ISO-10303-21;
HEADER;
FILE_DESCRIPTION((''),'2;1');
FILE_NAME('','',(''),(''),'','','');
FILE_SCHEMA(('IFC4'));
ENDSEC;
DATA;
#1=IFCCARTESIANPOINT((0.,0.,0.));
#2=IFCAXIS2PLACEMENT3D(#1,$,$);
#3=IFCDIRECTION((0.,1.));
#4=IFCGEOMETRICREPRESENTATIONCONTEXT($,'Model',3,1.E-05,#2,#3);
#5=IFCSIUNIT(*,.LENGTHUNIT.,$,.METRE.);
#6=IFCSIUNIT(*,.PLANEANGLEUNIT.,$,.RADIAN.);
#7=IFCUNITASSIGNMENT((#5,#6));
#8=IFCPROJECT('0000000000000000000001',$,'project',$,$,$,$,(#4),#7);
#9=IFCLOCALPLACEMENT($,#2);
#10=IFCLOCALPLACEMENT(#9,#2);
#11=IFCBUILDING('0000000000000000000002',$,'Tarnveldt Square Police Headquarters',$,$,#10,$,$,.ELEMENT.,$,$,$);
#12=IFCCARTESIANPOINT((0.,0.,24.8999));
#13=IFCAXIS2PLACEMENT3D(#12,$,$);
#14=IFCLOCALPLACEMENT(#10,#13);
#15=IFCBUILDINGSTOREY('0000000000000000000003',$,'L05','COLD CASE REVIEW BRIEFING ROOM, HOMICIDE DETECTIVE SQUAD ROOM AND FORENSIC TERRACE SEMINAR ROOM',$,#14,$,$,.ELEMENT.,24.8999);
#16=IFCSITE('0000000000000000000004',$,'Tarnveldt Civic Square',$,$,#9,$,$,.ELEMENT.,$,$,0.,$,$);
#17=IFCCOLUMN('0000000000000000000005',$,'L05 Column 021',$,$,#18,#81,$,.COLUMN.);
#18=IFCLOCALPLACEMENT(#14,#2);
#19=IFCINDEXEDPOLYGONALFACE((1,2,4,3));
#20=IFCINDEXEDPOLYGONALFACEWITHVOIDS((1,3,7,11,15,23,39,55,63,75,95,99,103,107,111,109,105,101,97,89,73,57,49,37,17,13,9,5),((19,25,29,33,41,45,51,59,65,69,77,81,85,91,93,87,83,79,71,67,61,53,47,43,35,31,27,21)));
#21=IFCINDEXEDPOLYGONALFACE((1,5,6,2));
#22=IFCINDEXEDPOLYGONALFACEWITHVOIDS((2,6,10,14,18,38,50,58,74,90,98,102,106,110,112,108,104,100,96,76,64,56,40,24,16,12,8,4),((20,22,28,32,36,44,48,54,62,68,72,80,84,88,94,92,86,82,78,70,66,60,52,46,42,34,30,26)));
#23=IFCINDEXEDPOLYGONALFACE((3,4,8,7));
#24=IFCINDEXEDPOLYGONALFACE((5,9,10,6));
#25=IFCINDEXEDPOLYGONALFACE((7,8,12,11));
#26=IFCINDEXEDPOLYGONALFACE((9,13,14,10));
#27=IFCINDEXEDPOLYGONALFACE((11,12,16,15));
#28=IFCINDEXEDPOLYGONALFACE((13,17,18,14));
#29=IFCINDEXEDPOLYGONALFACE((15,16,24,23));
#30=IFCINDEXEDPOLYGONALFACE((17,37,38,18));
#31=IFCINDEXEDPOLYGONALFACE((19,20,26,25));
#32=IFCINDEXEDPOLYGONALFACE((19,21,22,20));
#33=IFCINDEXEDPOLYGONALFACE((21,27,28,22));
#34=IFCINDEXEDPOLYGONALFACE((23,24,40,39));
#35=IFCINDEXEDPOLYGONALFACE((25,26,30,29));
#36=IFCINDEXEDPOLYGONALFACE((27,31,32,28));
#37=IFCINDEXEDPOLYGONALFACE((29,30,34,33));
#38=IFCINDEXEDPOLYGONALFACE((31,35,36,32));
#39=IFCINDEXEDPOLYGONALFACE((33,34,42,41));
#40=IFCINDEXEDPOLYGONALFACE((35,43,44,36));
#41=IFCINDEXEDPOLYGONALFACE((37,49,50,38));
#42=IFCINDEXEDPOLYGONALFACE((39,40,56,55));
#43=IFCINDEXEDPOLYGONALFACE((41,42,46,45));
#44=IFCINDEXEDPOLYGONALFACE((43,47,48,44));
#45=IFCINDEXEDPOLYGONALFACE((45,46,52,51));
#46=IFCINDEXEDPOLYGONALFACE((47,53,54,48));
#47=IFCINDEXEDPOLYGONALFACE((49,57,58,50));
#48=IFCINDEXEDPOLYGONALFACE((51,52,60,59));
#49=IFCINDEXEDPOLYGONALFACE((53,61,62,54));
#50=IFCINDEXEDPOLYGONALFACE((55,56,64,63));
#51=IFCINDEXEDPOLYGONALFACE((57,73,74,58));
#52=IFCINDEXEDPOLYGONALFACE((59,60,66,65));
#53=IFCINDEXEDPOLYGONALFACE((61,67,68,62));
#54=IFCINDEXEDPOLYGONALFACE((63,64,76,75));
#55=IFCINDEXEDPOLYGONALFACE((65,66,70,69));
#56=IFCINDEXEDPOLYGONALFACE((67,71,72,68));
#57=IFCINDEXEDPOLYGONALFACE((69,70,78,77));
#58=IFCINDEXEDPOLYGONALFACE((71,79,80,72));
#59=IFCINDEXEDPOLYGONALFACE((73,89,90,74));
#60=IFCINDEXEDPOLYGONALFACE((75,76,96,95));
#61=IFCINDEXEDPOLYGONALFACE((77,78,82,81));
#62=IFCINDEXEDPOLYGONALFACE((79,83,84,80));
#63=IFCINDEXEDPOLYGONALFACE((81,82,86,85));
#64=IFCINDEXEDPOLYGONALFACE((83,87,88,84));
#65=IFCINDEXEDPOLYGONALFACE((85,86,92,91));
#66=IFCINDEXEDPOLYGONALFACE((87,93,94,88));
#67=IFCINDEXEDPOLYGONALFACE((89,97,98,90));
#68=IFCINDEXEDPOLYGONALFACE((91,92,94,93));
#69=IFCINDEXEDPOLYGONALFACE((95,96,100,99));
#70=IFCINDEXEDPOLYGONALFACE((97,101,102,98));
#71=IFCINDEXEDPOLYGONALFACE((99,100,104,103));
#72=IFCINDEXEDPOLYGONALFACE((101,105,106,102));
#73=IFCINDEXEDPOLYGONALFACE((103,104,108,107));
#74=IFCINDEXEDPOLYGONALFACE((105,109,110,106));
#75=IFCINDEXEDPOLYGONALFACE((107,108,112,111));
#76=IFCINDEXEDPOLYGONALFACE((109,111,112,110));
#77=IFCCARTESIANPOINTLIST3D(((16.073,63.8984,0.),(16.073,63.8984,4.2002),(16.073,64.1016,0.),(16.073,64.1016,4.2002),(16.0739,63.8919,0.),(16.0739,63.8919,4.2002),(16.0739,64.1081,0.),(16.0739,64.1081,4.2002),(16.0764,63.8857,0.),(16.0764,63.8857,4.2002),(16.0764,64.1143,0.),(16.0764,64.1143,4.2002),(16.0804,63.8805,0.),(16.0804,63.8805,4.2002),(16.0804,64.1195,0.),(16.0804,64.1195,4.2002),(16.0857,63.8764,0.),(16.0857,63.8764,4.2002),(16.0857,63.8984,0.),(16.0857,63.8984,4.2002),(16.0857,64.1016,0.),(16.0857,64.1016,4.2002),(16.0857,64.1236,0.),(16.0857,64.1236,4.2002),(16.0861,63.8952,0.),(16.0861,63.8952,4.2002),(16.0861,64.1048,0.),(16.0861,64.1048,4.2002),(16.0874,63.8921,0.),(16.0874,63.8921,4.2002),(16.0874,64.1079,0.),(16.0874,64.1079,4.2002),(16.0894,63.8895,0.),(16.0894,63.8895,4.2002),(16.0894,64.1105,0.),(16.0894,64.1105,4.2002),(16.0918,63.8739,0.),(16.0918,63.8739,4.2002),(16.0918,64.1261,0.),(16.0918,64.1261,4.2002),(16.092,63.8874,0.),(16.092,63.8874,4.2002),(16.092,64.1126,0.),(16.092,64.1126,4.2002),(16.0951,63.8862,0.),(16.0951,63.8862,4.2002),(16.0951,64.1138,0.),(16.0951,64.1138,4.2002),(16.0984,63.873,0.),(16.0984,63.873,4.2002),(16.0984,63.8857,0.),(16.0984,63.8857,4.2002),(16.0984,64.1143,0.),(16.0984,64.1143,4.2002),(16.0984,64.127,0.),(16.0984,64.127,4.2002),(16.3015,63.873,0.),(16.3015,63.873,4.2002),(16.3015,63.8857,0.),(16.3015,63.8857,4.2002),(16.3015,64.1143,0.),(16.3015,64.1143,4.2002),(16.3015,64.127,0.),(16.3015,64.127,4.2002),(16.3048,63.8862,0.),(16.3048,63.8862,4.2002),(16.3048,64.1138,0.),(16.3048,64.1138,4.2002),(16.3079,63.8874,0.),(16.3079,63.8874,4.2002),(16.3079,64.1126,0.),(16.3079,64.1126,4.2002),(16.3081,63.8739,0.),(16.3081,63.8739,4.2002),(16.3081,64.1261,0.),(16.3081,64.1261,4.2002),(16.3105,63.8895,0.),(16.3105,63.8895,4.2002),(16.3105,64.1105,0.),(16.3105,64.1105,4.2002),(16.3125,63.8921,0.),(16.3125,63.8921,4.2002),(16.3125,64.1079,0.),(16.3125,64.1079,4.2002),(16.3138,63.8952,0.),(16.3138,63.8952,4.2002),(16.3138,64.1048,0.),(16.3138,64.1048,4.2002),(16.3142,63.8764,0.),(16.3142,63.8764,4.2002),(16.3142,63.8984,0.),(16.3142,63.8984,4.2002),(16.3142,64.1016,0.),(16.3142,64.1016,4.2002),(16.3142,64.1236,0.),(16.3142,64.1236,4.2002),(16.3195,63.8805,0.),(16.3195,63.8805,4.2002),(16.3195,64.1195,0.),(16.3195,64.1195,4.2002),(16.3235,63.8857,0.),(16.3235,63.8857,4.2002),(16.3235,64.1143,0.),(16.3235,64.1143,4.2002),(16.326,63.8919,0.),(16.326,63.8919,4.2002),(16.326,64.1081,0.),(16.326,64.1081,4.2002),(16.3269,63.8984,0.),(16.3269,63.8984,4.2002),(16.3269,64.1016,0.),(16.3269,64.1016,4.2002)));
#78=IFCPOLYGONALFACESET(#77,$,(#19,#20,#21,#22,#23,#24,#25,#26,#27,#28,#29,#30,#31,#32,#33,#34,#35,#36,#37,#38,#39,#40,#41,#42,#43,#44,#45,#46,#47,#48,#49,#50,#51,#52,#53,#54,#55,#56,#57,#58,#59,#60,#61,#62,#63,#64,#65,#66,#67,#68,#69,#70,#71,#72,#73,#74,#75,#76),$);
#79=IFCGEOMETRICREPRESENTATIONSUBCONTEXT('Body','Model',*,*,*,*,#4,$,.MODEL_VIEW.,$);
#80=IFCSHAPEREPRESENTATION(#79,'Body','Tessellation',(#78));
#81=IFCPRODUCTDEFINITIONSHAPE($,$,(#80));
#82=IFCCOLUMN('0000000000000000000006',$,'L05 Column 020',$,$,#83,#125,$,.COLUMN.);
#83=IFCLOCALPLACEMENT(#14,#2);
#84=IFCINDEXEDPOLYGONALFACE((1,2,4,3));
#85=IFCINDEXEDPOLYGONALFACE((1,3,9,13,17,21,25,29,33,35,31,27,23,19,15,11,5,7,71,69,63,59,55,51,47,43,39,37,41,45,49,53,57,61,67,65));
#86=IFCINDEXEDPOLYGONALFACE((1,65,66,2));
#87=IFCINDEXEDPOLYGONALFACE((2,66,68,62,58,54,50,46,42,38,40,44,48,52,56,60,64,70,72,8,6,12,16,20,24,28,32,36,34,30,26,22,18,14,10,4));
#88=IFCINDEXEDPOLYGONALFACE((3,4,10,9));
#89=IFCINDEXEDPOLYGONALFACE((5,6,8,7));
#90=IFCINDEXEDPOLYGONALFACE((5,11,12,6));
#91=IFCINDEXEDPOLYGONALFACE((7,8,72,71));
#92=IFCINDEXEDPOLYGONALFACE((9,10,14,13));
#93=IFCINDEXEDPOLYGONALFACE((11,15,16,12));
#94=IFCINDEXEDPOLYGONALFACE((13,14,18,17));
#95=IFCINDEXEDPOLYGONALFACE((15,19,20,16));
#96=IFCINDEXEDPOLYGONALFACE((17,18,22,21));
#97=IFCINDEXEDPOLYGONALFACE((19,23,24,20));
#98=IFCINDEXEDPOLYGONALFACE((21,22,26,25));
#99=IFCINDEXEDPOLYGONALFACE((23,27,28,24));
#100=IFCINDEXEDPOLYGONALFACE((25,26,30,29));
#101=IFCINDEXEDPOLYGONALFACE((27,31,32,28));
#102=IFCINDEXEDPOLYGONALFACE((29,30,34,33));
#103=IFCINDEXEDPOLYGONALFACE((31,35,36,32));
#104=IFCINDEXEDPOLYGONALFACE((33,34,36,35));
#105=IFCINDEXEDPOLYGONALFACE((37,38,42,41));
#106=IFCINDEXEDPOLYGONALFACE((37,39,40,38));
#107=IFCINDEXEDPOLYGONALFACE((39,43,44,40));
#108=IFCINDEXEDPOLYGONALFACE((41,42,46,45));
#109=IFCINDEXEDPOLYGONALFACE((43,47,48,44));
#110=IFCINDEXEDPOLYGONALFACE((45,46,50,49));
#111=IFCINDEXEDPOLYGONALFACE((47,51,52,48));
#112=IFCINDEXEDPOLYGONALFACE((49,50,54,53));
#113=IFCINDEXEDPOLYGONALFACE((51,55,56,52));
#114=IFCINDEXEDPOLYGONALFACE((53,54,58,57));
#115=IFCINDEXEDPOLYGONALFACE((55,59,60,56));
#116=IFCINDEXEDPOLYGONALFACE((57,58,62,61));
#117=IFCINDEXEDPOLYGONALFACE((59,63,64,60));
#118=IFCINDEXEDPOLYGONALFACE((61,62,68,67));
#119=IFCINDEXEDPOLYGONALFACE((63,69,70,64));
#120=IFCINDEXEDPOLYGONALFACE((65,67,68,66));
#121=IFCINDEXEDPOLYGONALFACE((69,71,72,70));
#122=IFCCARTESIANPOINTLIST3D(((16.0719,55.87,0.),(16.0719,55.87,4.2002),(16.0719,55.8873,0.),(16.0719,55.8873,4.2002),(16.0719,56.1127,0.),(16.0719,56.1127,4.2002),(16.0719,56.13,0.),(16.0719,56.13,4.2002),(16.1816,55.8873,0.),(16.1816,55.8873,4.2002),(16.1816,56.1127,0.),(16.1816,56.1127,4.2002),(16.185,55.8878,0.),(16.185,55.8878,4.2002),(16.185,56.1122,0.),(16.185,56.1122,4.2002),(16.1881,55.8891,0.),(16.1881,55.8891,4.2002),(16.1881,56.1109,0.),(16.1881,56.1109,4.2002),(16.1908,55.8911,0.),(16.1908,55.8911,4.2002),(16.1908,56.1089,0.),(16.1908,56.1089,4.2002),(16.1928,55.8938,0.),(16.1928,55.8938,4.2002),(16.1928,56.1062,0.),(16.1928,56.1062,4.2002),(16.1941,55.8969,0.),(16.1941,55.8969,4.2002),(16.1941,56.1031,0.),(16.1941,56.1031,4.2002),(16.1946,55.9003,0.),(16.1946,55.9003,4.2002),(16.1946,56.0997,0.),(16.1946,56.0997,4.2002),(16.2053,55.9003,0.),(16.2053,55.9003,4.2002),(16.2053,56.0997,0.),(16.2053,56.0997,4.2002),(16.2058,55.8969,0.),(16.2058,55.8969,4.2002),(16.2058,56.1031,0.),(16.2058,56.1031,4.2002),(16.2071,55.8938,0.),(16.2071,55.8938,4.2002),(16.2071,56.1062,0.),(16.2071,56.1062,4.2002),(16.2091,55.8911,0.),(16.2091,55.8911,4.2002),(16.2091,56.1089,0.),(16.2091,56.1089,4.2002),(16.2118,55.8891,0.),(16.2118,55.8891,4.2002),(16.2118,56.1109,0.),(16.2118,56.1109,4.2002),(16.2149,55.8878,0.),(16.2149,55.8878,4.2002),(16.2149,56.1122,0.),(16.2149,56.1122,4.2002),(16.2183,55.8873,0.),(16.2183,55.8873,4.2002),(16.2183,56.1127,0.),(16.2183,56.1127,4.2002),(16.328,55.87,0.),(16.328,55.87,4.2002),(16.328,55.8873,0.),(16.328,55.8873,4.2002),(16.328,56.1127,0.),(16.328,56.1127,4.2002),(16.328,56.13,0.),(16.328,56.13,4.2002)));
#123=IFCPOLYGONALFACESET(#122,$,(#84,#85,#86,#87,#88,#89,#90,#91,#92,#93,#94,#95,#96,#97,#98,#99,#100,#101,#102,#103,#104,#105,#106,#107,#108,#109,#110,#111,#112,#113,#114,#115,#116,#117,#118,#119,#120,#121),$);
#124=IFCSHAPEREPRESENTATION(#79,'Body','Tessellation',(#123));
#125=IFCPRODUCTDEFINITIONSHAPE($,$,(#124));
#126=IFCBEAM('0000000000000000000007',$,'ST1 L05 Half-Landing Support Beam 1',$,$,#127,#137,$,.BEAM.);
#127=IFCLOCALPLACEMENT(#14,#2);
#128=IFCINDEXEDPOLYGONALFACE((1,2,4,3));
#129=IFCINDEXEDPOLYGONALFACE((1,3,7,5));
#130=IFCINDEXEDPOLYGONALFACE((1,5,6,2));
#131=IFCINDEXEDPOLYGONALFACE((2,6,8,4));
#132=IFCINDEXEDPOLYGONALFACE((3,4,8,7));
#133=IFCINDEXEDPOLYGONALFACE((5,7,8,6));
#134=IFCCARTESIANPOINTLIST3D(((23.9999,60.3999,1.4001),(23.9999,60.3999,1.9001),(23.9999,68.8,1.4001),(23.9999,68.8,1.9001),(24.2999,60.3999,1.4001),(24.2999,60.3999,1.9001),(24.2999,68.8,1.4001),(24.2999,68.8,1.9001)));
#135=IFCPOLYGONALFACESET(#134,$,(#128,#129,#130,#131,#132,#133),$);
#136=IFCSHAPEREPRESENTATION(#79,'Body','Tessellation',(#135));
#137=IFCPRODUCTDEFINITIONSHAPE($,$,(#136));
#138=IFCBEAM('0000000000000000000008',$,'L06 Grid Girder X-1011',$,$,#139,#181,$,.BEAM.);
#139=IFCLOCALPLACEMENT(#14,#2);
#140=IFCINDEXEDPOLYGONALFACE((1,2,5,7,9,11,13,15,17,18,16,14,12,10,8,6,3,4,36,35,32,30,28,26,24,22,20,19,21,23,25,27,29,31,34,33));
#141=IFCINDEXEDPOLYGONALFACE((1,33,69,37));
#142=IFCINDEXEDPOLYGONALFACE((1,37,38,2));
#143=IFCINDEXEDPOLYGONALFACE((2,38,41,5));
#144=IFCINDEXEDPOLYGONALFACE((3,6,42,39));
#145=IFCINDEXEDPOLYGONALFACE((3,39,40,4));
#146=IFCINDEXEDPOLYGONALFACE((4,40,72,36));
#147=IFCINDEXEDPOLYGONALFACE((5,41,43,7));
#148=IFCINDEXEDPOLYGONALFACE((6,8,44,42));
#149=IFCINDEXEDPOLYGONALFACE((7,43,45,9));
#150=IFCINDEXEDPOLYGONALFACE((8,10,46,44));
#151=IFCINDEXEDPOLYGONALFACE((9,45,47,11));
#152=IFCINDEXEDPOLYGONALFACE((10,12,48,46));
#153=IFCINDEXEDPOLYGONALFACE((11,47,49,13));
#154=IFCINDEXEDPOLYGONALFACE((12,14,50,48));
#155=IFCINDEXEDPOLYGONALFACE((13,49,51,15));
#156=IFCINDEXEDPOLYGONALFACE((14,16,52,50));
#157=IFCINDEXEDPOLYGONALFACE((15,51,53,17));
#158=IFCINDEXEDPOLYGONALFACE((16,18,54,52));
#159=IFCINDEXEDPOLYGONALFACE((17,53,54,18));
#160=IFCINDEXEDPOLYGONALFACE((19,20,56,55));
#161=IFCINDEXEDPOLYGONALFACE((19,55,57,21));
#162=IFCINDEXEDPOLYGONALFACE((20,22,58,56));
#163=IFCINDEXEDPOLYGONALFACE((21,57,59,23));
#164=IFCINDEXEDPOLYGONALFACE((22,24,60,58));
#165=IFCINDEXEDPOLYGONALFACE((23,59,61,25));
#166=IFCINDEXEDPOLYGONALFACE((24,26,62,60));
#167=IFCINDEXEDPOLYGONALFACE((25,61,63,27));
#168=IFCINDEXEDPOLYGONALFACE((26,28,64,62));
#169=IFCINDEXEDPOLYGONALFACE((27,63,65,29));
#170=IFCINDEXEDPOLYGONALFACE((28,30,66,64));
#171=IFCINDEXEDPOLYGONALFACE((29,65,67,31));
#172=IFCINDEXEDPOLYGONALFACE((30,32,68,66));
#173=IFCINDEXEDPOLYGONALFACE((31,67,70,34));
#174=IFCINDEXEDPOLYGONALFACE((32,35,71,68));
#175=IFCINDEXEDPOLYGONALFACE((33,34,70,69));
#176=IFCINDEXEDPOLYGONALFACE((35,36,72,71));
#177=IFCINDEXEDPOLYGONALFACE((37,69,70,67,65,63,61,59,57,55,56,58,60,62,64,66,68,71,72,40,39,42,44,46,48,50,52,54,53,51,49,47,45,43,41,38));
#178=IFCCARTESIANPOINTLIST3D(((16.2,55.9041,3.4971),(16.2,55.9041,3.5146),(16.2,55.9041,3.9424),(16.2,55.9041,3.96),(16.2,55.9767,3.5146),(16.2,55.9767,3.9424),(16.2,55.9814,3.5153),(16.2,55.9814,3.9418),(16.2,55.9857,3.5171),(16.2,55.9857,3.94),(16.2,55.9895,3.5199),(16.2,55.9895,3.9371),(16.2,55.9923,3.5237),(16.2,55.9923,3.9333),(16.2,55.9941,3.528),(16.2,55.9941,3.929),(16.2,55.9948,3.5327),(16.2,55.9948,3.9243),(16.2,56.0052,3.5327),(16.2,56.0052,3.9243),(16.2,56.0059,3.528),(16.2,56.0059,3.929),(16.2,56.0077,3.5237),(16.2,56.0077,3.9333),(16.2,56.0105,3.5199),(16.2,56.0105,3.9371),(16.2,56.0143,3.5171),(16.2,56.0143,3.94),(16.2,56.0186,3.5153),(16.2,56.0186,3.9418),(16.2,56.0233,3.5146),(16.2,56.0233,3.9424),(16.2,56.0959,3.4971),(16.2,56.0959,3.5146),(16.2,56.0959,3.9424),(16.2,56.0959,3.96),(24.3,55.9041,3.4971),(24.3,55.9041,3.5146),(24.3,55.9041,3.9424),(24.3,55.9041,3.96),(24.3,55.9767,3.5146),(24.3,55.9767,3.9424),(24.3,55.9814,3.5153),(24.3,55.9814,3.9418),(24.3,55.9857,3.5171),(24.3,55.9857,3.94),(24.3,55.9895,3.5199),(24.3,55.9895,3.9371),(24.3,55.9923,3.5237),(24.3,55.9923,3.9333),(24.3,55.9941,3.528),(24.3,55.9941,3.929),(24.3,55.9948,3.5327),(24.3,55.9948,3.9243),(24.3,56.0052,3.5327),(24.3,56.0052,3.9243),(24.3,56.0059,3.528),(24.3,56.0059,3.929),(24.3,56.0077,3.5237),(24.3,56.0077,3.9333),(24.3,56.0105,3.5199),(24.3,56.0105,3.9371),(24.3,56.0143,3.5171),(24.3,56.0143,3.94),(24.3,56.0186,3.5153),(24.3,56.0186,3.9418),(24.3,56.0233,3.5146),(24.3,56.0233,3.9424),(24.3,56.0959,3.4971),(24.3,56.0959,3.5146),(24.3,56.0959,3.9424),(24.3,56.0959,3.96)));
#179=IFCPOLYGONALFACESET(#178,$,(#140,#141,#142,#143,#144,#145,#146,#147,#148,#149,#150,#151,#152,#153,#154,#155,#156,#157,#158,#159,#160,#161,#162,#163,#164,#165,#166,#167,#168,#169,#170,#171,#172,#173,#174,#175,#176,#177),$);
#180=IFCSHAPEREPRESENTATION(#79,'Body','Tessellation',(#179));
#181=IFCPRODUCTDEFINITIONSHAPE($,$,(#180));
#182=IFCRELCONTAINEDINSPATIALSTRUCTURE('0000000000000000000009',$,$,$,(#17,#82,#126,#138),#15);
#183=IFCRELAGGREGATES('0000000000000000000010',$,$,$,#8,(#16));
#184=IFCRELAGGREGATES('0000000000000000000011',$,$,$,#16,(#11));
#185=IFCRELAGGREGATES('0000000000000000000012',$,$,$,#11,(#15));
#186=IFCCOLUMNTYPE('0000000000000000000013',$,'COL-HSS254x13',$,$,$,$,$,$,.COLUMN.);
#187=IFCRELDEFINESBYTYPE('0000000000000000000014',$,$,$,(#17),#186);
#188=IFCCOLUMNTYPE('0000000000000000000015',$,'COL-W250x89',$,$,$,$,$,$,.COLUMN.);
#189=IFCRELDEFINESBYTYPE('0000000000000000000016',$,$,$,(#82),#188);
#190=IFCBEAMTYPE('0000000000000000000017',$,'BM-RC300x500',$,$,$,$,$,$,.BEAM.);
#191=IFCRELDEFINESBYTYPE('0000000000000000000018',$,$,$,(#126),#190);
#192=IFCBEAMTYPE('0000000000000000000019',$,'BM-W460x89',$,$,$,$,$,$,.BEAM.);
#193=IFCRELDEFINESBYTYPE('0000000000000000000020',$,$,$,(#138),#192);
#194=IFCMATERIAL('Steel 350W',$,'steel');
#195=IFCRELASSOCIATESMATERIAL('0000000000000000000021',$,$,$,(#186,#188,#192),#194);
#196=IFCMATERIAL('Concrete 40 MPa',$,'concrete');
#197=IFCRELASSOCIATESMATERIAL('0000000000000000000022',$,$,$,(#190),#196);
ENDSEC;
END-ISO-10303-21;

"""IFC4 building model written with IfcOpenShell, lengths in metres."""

from ifc_helpers import new_model, si_unit, direction, frame, origin, origin_2d, place, context, subcontext, project, spatial, rectangle, hollow_rectangle, i_section, extrude, material, material_profile, profile_set, type_object, element, save


model = new_model("IFC4")

# Units and contexts
model_context = context("Model", 3, precision=1e-05, world=origin(), true_north=direction((0.0, 1.0)))
body_context = subcontext(model_context, "Body", "Model", "MODEL_VIEW")
ifc_project = project(units=[si_unit("LENGTHUNIT", "METRE"), si_unit("PLANEANGLEUNIT", "RADIAN")], contexts=[model_context])

# Site, building, storey
site_placement = place(None, origin())
site = spatial("IfcSite", under=ifc_project, at=site_placement, Name="Tarnveldt Civic Square", CompositionType="ELEMENT", RefElevation=0.0)
building_placement = place(site_placement, origin())
building = spatial("IfcBuilding", under=site, at=building_placement, Name="Tarnveldt Square Police Headquarters", CompositionType="ELEMENT")
storey_placement = place(building_placement, frame((0.0, 0.0, 24.8999)))
storey = spatial("IfcBuildingStorey", under=building, at=storey_placement, Name="L05", Description="COLD CASE REVIEW BRIEFING ROOM, HOMICIDE DETECTIVE SQUAD ROOM AND FORENSIC TERRACE SEMINAR ROOM", CompositionType="ELEMENT", Elevation=24.8999)

# Columns
ifc_material_1 = material(Name="Steel 350W", Category="steel")
ifc_material_profile_1 = material_profile(ifc_material_1, hollow_rectangle(XDim=0.2539, YDim=0.2539, WallThickness=0.0127, InnerFilletRadius=0.0127, OuterFilletRadius=0.0254, at=origin_2d()), Name="HSS254x254x13")
ifc_profile_set_1 = profile_set([ifc_material_profile_1], Name="Steel 350W")
column_type_1 = type_object("IfcColumnType", Name="COL-HSS254x13", PredefinedType="COLUMN", material=ifc_profile_set_1)
column_1_placement = place(storey_placement, frame((16.2, 64.0, 0.0), z_axis=(0.0, 0.0, 1.0), x_axis=(1.0, 0.0, 0.0)))
element("IfcColumn", 1, at=column_1_placement, inside=storey, type_object=column_type_1, Name="L05 Column 021", PredefinedType="COLUMN", context=body_context, shape_type="SweptSolid", body=[
    extrude(hollow_rectangle(XDim=0.2539, YDim=0.2539, WallThickness=0.0127, InnerFilletRadius=0.0127, OuterFilletRadius=0.0254, at=origin_2d()), origin(), (0.0, 0.0, 1.0), 4.2002),
])
ifc_material_profile_2 = material_profile(ifc_material_1, i_section(OverallWidth=0.2561, OverallDepth=0.26, WebThickness=0.0107, FlangeThickness=0.0173, FilletRadius=0.0129, at=origin_2d()), Name="W250x89")
ifc_profile_set_2 = profile_set([ifc_material_profile_2], Name="Steel 350W")
column_type_2 = type_object("IfcColumnType", Name="COL-W250x89", PredefinedType="COLUMN", material=ifc_profile_set_2)
column_2_placement = place(storey_placement, frame((16.2, 56.0, 0.0), z_axis=(0.0, 0.0, 1.0), x_axis=(1.0, 0.0, 0.0)))
element("IfcColumn", 2, at=column_2_placement, inside=storey, type_object=column_type_2, Name="L05 Column 020", PredefinedType="COLUMN", context=body_context, shape_type="SweptSolid", body=[
    extrude(i_section(OverallWidth=0.2561, OverallDepth=0.26, WebThickness=0.0107, FlangeThickness=0.0173, FilletRadius=0.0129, at=origin_2d()), origin(), (0.0, 0.0, 1.0), 4.2002),
])

# Beams
ifc_material_2 = material(Name="Concrete 40 MPa", Category="concrete")
ifc_material_profile_3 = material_profile(ifc_material_2, rectangle(XDim=0.3, YDim=0.5, at=origin_2d()), Name="RC-B300x500")
ifc_profile_set_3 = profile_set([ifc_material_profile_3], Name="Concrete 40 MPa")
beam_type_1 = type_object("IfcBeamType", Name="BM-RC300x500", PredefinedType="BEAM", material=ifc_profile_set_3)
beam_1_placement = place(storey_placement, frame((24.1499, 60.3999, 1.6501), z_axis=(0.0, 1.0, 0.0), x_axis=(-1.0, 0.0, 0.0)))
element("IfcBeam", 3, at=beam_1_placement, inside=storey, type_object=beam_type_1, Name="ST1 L05 Half-Landing Support Beam 1", PredefinedType="BEAM", context=body_context, shape_type="SweptSolid", body=[
    extrude(rectangle(XDim=0.3, YDim=0.5, at=origin_2d()), origin(), (0.0, 0.0, 1.0), 8.4001),
])
ifc_material_profile_4 = material_profile(ifc_material_1, i_section(OverallWidth=0.1919, OverallDepth=0.4629, WebThickness=0.0105, FlangeThickness=0.0176, FilletRadius=0.0181, at=origin_2d()), Name="W460x89")
ifc_profile_set_4 = profile_set([ifc_material_profile_4], Name="Steel 350W")
beam_type_2 = type_object("IfcBeamType", Name="BM-W460x89", PredefinedType="BEAM", material=ifc_profile_set_4)
beam_2_placement = place(storey_placement, frame((16.2, 56.0, 3.7285), z_axis=(1.0, 0.0, 0.0), x_axis=(0.0, 1.0, 0.0)))
element("IfcBeam", 4, at=beam_2_placement, inside=storey, type_object=beam_type_2, Name="L06 Grid Girder X-1011", PredefinedType="BEAM", context=body_context, shape_type="SweptSolid", body=[
    extrude(i_section(OverallWidth=0.1919, OverallDepth=0.4629, WebThickness=0.0105, FlangeThickness=0.0176, FilletRadius=0.0181, at=origin_2d()), origin(), (0.0, 0.0, 1.0), 8.1001),
])

save(model, "model.ifc")
